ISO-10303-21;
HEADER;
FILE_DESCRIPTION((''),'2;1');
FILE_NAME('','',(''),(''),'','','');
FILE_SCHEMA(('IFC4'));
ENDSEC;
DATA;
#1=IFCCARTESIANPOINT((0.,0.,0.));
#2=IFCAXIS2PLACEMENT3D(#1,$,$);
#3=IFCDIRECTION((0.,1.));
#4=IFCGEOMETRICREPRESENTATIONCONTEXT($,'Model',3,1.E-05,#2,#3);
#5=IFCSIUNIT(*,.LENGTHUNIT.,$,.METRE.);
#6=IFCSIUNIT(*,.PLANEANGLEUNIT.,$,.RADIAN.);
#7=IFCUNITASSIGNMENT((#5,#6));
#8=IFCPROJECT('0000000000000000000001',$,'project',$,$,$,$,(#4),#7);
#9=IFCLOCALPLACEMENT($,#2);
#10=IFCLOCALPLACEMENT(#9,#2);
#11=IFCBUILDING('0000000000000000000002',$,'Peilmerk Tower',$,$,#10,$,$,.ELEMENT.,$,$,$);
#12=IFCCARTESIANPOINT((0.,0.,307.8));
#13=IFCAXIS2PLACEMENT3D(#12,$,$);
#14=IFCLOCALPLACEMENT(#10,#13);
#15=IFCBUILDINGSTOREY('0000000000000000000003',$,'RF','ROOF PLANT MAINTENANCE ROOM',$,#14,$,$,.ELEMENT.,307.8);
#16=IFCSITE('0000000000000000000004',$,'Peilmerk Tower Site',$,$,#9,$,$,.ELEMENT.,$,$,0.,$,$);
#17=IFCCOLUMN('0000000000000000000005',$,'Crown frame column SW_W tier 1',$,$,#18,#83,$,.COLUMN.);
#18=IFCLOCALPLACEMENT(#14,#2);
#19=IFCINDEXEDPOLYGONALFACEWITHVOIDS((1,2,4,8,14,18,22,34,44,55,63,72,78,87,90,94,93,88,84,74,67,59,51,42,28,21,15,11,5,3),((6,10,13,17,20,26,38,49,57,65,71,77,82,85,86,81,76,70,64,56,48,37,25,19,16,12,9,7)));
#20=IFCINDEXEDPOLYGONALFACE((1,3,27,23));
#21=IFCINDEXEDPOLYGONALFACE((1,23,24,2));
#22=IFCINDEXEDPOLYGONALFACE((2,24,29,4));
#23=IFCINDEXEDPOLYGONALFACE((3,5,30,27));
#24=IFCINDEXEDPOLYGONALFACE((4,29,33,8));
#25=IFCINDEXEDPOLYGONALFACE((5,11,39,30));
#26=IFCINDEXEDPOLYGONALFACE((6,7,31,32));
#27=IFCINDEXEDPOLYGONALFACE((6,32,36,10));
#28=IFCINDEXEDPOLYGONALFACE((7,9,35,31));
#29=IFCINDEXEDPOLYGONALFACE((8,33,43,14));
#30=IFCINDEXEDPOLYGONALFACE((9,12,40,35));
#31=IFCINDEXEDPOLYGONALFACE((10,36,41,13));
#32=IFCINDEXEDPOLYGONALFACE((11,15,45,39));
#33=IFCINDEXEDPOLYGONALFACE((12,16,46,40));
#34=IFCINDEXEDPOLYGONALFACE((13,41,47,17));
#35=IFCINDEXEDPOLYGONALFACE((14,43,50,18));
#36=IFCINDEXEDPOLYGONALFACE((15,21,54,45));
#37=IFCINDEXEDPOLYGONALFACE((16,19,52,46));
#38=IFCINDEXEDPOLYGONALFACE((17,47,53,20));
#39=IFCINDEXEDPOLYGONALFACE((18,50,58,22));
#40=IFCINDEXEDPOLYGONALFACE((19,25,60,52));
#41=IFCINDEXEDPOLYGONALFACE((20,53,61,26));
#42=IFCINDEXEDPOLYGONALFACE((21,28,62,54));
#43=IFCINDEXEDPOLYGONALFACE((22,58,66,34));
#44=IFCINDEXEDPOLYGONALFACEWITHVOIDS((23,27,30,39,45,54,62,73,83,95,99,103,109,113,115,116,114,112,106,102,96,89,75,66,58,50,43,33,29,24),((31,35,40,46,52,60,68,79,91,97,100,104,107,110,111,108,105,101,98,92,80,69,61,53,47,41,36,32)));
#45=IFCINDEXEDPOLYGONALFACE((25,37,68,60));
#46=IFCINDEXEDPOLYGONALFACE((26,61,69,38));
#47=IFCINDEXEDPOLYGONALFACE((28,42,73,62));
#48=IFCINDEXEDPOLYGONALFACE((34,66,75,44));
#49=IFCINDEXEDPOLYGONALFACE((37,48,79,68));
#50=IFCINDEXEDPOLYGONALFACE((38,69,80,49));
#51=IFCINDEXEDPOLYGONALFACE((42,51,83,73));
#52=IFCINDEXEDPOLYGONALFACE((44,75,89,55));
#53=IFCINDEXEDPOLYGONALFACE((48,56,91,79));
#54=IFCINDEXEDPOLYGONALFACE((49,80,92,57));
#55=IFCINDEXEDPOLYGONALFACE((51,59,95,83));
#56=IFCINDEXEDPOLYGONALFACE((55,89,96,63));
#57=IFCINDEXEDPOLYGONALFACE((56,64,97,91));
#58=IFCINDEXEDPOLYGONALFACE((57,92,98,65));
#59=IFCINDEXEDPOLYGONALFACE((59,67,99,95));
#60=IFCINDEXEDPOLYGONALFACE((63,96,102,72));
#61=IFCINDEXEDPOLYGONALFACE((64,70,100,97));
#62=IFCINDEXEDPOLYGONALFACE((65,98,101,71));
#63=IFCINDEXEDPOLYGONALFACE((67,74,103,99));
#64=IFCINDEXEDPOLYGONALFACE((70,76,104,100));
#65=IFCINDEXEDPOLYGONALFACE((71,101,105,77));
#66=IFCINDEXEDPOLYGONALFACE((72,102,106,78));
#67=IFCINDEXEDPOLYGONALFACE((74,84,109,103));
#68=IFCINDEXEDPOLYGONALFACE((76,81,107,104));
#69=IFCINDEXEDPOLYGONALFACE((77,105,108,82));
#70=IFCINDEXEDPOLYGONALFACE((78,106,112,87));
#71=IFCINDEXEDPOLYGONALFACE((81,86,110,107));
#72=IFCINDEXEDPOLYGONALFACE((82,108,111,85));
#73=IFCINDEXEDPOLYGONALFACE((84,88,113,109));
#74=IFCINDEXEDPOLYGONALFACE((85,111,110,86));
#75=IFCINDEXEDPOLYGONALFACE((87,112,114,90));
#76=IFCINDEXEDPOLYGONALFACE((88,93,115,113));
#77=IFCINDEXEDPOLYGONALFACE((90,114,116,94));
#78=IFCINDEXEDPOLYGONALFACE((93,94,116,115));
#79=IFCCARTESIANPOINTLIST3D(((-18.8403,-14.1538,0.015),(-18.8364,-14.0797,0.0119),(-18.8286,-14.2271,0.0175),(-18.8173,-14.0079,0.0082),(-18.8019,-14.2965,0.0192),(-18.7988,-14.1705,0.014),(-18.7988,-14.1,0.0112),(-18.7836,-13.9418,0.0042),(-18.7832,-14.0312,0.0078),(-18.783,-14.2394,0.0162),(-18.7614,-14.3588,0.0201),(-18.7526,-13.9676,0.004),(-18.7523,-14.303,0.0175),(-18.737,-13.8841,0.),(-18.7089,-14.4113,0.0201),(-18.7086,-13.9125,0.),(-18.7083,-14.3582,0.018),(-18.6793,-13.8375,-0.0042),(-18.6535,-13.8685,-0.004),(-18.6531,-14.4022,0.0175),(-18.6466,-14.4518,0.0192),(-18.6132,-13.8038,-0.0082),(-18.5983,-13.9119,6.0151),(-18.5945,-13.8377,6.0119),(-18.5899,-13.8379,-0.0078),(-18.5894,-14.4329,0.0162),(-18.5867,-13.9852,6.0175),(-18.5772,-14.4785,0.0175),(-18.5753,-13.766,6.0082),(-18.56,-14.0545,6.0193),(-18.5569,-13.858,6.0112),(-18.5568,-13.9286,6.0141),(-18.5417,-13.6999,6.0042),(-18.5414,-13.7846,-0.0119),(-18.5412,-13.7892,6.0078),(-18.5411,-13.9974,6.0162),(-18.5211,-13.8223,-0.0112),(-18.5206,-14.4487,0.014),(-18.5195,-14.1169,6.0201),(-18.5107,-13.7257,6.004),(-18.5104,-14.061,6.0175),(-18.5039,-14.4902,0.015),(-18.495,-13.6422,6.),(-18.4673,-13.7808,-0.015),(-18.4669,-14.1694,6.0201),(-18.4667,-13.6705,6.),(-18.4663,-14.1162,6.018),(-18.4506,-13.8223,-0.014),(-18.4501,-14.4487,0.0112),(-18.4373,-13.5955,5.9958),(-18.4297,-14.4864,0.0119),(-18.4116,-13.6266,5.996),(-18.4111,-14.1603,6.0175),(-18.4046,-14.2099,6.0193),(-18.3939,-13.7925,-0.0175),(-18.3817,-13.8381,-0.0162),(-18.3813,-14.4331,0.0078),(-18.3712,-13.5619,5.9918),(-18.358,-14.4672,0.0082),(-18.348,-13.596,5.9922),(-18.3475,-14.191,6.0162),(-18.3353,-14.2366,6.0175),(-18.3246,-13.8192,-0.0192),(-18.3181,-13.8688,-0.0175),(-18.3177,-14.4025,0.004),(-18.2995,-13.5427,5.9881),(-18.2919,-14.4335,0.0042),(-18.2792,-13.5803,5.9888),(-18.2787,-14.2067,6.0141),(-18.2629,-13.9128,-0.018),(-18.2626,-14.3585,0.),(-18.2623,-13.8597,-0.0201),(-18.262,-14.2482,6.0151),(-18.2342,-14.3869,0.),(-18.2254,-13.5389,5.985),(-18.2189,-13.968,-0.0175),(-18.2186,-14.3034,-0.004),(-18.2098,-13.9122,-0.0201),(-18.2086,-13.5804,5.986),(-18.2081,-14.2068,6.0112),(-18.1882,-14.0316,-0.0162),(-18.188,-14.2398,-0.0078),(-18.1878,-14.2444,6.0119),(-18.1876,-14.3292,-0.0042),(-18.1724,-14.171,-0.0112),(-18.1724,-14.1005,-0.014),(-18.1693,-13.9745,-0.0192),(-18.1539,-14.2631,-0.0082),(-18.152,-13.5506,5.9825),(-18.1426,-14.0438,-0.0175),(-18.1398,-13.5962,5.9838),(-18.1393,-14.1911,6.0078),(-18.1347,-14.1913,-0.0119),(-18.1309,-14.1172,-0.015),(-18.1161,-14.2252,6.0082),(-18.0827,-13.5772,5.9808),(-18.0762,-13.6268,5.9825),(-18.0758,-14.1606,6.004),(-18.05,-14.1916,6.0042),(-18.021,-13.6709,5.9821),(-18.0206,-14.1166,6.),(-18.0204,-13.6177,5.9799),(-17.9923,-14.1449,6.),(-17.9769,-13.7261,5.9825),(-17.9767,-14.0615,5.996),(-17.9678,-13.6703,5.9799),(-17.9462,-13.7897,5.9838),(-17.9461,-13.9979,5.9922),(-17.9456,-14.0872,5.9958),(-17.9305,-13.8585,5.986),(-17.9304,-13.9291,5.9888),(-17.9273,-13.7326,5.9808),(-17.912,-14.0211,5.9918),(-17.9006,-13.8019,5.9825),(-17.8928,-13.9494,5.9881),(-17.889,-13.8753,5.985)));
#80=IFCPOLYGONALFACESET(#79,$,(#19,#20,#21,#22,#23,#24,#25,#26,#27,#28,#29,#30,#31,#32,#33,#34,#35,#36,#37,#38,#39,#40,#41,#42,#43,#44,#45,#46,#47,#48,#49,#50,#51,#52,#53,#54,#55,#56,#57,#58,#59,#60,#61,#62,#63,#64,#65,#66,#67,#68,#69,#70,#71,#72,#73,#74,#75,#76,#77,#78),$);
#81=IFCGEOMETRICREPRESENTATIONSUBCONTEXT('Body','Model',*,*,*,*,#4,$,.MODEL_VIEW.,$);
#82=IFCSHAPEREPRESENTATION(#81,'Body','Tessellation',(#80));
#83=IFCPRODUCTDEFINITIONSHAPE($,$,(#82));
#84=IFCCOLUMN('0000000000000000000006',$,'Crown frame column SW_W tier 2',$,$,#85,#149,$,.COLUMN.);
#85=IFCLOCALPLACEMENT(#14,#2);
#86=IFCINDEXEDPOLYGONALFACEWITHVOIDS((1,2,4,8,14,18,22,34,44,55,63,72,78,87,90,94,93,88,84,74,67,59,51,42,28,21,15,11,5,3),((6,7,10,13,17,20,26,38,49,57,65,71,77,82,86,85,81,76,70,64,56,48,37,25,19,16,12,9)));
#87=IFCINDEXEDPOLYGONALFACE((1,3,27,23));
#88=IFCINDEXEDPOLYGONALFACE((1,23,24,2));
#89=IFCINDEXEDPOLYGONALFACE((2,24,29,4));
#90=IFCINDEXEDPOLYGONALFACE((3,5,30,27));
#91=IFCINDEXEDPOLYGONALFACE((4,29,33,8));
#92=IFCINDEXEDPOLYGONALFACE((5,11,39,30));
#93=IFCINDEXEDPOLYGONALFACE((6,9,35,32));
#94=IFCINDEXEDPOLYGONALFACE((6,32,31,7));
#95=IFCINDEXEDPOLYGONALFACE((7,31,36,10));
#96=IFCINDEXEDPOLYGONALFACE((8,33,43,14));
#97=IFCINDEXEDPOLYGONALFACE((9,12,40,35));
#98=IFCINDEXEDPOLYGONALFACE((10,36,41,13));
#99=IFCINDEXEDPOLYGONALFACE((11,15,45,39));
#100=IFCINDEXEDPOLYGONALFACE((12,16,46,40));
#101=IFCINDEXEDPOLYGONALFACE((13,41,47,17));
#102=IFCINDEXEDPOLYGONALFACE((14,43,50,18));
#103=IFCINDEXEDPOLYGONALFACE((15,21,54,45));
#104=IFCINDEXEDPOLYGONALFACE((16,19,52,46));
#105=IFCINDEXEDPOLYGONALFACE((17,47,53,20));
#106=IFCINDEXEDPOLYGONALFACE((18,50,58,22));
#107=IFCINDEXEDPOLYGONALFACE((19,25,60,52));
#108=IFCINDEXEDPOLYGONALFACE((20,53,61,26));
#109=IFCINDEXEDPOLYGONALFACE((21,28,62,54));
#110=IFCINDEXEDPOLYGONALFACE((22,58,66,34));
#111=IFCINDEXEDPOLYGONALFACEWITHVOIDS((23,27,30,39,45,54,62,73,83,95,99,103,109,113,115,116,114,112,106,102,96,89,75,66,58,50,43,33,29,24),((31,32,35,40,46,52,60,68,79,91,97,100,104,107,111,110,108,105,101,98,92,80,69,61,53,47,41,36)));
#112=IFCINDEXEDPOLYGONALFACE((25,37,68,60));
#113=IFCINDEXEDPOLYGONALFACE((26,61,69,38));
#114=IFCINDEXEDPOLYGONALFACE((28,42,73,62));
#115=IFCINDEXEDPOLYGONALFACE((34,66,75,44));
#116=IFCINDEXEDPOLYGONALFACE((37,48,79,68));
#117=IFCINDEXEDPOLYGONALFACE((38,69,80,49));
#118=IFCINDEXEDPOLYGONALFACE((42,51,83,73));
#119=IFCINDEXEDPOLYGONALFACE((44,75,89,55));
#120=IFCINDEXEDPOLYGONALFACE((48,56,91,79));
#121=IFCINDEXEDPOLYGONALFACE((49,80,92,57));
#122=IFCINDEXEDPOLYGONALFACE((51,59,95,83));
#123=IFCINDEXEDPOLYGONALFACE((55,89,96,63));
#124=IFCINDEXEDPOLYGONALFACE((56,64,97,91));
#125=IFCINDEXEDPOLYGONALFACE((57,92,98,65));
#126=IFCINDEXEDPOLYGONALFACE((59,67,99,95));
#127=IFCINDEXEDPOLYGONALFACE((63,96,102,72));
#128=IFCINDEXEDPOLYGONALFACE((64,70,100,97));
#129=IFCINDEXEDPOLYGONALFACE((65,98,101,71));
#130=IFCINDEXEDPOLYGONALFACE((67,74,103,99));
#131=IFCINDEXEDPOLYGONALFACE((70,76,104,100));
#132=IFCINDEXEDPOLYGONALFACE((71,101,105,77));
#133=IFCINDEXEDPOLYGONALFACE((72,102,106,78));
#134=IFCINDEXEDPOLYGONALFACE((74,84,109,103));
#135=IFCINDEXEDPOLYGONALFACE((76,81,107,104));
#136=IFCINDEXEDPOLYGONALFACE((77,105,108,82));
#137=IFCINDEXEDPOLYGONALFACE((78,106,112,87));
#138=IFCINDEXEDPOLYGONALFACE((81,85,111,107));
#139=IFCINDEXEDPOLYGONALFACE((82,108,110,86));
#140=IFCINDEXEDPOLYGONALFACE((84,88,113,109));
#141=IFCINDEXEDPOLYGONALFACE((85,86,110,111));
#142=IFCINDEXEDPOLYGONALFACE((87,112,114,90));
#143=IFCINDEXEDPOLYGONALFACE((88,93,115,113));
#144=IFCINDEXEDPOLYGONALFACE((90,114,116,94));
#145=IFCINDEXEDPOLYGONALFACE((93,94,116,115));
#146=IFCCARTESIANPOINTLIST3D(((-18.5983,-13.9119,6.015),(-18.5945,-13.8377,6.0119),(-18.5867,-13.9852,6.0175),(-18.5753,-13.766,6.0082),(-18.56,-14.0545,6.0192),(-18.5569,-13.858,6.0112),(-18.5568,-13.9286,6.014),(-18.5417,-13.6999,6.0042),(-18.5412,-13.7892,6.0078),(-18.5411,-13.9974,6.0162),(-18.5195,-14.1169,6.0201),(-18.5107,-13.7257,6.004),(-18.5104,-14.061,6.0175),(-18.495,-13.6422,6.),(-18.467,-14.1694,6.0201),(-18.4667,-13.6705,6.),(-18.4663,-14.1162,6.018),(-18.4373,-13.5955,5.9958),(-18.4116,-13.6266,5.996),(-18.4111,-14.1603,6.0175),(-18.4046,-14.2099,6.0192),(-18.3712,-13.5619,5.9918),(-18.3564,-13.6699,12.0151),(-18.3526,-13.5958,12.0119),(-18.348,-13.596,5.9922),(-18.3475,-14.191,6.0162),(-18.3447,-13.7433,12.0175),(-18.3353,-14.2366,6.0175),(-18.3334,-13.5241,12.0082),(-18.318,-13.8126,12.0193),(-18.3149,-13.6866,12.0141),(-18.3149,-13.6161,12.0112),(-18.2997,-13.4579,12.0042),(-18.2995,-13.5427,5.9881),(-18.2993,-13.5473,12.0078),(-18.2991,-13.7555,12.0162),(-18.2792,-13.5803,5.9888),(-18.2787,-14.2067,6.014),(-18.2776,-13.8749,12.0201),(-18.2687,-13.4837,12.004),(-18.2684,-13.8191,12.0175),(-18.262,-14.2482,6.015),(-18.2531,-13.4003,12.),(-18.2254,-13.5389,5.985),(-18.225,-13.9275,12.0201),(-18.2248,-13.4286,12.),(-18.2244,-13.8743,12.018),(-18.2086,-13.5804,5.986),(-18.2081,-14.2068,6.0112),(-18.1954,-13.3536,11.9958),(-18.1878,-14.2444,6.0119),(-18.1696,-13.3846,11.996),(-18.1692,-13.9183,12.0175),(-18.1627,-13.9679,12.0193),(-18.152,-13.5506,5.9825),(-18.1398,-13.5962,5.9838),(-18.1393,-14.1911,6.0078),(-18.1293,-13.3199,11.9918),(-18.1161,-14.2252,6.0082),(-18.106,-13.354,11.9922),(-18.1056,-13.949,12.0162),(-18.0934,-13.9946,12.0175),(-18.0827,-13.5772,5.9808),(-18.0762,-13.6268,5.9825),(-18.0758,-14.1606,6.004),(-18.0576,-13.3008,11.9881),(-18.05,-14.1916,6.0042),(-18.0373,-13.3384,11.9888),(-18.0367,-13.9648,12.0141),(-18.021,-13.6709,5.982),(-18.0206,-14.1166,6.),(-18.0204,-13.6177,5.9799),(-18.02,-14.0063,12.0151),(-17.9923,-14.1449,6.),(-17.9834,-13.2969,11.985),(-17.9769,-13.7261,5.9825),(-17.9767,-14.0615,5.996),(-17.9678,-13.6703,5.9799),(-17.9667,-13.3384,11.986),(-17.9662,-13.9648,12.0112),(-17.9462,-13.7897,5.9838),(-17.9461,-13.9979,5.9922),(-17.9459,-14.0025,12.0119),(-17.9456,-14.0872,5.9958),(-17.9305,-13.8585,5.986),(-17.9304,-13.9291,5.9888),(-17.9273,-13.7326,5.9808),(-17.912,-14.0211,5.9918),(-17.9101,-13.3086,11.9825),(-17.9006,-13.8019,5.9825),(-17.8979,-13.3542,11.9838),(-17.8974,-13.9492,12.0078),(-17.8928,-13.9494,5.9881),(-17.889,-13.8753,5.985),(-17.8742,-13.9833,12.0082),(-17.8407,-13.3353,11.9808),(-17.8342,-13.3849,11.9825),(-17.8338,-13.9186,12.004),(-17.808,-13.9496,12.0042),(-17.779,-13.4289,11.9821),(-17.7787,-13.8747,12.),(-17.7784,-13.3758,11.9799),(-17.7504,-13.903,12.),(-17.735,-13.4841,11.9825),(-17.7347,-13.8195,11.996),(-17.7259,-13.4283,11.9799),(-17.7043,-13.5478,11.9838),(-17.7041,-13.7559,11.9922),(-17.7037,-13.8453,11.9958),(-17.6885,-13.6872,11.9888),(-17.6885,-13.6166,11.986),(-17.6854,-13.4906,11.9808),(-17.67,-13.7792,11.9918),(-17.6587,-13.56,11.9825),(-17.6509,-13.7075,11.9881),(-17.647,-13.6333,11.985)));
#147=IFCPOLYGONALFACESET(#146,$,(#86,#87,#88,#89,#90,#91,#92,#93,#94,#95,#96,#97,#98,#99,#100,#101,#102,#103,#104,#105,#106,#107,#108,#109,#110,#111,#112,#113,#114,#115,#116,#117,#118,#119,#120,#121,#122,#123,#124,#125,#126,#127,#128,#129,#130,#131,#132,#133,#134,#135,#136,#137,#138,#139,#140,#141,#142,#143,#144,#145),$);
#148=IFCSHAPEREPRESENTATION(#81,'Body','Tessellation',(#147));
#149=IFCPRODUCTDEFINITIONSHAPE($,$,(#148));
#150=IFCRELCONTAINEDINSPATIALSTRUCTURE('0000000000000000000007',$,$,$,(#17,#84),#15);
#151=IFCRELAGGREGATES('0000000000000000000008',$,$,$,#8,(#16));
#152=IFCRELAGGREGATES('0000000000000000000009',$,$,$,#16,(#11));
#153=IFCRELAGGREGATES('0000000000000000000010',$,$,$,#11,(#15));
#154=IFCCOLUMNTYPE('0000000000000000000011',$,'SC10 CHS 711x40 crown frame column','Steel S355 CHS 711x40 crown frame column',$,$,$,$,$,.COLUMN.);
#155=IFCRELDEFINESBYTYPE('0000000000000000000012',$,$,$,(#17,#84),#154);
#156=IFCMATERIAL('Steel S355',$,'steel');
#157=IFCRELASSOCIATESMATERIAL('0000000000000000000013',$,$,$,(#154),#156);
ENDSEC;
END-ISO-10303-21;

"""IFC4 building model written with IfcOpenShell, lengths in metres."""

from ifc_helpers import new_model, si_unit, direction, frame, origin, origin_2d, place, context, subcontext, project, spatial, hollow_circle, extrude, material, material_profile, profile_set, type_object, element, save


model = new_model("IFC4")

# Units and contexts
model_context = context("Model", 3, precision=1e-05, world=origin(), true_north=direction((0.0, 1.0)))
body_context = subcontext(model_context, "Body", "Model", "MODEL_VIEW")
ifc_project = project(units=[si_unit("LENGTHUNIT", "METRE"), si_unit("PLANEANGLEUNIT", "RADIAN")], contexts=[model_context])

# Site, building, storey
site_placement = place(None, origin())
site = spatial("IfcSite", under=ifc_project, at=site_placement, Name="Peilmerk Tower Site", CompositionType="ELEMENT", RefElevation=0.0)
building_placement = place(site_placement, origin())
building = spatial("IfcBuilding", under=site, at=building_placement, Name="Peilmerk Tower", CompositionType="ELEMENT")
storey_placement = place(building_placement, frame((0.0, 0.0, 307.8)))
storey = spatial("IfcBuildingStorey", under=building, at=storey_placement, Name="RF", Description="ROOF PLANT MAINTENANCE ROOM", CompositionType="ELEMENT", Elevation=307.8)

# Columns
ifc_material_1 = material(Name="Steel S355", Category="steel")
ifc_material_profile_1 = material_profile(ifc_material_1, hollow_circle(Radius=0.3555, WallThickness=0.04, at=origin_2d()), Name="CHS 711x40")
ifc_profile_set_1 = profile_set([ifc_material_profile_1], Name="Steel S355")
column_type = type_object("IfcColumnType", Name="SC10 CHS 711x40 crown frame column", Description="Steel S355 CHS 711x40 crown frame column", PredefinedType="COLUMN", material=ifc_profile_set_1)
for number, where, z_axis, x_axis, name in (
    (1, (-18.4856, -14.1355, 0.0), (0.040258, 0.040258, 0.998378), (-0.707107, 0.707107, 0.0), "Crown frame column SW_W tier 1"),
    (2, (-18.2437, -13.8936, 6.0), (0.040258, 0.040258, 0.998378), (-0.707107, 0.707107, 0.0), "Crown frame column SW_W tier 2"),
):
    element("IfcColumn", number, at=place(storey_placement, frame(where, z_axis=z_axis, x_axis=x_axis)), inside=storey, type_object=column_type, Name=name, PredefinedType="COLUMN", context=body_context, shape_type="SweptSolid", body=[
        extrude(hollow_circle(Radius=0.3555, WallThickness=0.04, at=origin_2d()), origin(), (0.0, 0.0, 1.0), 6.0098),
    ])

save(model, "model.ifc")
